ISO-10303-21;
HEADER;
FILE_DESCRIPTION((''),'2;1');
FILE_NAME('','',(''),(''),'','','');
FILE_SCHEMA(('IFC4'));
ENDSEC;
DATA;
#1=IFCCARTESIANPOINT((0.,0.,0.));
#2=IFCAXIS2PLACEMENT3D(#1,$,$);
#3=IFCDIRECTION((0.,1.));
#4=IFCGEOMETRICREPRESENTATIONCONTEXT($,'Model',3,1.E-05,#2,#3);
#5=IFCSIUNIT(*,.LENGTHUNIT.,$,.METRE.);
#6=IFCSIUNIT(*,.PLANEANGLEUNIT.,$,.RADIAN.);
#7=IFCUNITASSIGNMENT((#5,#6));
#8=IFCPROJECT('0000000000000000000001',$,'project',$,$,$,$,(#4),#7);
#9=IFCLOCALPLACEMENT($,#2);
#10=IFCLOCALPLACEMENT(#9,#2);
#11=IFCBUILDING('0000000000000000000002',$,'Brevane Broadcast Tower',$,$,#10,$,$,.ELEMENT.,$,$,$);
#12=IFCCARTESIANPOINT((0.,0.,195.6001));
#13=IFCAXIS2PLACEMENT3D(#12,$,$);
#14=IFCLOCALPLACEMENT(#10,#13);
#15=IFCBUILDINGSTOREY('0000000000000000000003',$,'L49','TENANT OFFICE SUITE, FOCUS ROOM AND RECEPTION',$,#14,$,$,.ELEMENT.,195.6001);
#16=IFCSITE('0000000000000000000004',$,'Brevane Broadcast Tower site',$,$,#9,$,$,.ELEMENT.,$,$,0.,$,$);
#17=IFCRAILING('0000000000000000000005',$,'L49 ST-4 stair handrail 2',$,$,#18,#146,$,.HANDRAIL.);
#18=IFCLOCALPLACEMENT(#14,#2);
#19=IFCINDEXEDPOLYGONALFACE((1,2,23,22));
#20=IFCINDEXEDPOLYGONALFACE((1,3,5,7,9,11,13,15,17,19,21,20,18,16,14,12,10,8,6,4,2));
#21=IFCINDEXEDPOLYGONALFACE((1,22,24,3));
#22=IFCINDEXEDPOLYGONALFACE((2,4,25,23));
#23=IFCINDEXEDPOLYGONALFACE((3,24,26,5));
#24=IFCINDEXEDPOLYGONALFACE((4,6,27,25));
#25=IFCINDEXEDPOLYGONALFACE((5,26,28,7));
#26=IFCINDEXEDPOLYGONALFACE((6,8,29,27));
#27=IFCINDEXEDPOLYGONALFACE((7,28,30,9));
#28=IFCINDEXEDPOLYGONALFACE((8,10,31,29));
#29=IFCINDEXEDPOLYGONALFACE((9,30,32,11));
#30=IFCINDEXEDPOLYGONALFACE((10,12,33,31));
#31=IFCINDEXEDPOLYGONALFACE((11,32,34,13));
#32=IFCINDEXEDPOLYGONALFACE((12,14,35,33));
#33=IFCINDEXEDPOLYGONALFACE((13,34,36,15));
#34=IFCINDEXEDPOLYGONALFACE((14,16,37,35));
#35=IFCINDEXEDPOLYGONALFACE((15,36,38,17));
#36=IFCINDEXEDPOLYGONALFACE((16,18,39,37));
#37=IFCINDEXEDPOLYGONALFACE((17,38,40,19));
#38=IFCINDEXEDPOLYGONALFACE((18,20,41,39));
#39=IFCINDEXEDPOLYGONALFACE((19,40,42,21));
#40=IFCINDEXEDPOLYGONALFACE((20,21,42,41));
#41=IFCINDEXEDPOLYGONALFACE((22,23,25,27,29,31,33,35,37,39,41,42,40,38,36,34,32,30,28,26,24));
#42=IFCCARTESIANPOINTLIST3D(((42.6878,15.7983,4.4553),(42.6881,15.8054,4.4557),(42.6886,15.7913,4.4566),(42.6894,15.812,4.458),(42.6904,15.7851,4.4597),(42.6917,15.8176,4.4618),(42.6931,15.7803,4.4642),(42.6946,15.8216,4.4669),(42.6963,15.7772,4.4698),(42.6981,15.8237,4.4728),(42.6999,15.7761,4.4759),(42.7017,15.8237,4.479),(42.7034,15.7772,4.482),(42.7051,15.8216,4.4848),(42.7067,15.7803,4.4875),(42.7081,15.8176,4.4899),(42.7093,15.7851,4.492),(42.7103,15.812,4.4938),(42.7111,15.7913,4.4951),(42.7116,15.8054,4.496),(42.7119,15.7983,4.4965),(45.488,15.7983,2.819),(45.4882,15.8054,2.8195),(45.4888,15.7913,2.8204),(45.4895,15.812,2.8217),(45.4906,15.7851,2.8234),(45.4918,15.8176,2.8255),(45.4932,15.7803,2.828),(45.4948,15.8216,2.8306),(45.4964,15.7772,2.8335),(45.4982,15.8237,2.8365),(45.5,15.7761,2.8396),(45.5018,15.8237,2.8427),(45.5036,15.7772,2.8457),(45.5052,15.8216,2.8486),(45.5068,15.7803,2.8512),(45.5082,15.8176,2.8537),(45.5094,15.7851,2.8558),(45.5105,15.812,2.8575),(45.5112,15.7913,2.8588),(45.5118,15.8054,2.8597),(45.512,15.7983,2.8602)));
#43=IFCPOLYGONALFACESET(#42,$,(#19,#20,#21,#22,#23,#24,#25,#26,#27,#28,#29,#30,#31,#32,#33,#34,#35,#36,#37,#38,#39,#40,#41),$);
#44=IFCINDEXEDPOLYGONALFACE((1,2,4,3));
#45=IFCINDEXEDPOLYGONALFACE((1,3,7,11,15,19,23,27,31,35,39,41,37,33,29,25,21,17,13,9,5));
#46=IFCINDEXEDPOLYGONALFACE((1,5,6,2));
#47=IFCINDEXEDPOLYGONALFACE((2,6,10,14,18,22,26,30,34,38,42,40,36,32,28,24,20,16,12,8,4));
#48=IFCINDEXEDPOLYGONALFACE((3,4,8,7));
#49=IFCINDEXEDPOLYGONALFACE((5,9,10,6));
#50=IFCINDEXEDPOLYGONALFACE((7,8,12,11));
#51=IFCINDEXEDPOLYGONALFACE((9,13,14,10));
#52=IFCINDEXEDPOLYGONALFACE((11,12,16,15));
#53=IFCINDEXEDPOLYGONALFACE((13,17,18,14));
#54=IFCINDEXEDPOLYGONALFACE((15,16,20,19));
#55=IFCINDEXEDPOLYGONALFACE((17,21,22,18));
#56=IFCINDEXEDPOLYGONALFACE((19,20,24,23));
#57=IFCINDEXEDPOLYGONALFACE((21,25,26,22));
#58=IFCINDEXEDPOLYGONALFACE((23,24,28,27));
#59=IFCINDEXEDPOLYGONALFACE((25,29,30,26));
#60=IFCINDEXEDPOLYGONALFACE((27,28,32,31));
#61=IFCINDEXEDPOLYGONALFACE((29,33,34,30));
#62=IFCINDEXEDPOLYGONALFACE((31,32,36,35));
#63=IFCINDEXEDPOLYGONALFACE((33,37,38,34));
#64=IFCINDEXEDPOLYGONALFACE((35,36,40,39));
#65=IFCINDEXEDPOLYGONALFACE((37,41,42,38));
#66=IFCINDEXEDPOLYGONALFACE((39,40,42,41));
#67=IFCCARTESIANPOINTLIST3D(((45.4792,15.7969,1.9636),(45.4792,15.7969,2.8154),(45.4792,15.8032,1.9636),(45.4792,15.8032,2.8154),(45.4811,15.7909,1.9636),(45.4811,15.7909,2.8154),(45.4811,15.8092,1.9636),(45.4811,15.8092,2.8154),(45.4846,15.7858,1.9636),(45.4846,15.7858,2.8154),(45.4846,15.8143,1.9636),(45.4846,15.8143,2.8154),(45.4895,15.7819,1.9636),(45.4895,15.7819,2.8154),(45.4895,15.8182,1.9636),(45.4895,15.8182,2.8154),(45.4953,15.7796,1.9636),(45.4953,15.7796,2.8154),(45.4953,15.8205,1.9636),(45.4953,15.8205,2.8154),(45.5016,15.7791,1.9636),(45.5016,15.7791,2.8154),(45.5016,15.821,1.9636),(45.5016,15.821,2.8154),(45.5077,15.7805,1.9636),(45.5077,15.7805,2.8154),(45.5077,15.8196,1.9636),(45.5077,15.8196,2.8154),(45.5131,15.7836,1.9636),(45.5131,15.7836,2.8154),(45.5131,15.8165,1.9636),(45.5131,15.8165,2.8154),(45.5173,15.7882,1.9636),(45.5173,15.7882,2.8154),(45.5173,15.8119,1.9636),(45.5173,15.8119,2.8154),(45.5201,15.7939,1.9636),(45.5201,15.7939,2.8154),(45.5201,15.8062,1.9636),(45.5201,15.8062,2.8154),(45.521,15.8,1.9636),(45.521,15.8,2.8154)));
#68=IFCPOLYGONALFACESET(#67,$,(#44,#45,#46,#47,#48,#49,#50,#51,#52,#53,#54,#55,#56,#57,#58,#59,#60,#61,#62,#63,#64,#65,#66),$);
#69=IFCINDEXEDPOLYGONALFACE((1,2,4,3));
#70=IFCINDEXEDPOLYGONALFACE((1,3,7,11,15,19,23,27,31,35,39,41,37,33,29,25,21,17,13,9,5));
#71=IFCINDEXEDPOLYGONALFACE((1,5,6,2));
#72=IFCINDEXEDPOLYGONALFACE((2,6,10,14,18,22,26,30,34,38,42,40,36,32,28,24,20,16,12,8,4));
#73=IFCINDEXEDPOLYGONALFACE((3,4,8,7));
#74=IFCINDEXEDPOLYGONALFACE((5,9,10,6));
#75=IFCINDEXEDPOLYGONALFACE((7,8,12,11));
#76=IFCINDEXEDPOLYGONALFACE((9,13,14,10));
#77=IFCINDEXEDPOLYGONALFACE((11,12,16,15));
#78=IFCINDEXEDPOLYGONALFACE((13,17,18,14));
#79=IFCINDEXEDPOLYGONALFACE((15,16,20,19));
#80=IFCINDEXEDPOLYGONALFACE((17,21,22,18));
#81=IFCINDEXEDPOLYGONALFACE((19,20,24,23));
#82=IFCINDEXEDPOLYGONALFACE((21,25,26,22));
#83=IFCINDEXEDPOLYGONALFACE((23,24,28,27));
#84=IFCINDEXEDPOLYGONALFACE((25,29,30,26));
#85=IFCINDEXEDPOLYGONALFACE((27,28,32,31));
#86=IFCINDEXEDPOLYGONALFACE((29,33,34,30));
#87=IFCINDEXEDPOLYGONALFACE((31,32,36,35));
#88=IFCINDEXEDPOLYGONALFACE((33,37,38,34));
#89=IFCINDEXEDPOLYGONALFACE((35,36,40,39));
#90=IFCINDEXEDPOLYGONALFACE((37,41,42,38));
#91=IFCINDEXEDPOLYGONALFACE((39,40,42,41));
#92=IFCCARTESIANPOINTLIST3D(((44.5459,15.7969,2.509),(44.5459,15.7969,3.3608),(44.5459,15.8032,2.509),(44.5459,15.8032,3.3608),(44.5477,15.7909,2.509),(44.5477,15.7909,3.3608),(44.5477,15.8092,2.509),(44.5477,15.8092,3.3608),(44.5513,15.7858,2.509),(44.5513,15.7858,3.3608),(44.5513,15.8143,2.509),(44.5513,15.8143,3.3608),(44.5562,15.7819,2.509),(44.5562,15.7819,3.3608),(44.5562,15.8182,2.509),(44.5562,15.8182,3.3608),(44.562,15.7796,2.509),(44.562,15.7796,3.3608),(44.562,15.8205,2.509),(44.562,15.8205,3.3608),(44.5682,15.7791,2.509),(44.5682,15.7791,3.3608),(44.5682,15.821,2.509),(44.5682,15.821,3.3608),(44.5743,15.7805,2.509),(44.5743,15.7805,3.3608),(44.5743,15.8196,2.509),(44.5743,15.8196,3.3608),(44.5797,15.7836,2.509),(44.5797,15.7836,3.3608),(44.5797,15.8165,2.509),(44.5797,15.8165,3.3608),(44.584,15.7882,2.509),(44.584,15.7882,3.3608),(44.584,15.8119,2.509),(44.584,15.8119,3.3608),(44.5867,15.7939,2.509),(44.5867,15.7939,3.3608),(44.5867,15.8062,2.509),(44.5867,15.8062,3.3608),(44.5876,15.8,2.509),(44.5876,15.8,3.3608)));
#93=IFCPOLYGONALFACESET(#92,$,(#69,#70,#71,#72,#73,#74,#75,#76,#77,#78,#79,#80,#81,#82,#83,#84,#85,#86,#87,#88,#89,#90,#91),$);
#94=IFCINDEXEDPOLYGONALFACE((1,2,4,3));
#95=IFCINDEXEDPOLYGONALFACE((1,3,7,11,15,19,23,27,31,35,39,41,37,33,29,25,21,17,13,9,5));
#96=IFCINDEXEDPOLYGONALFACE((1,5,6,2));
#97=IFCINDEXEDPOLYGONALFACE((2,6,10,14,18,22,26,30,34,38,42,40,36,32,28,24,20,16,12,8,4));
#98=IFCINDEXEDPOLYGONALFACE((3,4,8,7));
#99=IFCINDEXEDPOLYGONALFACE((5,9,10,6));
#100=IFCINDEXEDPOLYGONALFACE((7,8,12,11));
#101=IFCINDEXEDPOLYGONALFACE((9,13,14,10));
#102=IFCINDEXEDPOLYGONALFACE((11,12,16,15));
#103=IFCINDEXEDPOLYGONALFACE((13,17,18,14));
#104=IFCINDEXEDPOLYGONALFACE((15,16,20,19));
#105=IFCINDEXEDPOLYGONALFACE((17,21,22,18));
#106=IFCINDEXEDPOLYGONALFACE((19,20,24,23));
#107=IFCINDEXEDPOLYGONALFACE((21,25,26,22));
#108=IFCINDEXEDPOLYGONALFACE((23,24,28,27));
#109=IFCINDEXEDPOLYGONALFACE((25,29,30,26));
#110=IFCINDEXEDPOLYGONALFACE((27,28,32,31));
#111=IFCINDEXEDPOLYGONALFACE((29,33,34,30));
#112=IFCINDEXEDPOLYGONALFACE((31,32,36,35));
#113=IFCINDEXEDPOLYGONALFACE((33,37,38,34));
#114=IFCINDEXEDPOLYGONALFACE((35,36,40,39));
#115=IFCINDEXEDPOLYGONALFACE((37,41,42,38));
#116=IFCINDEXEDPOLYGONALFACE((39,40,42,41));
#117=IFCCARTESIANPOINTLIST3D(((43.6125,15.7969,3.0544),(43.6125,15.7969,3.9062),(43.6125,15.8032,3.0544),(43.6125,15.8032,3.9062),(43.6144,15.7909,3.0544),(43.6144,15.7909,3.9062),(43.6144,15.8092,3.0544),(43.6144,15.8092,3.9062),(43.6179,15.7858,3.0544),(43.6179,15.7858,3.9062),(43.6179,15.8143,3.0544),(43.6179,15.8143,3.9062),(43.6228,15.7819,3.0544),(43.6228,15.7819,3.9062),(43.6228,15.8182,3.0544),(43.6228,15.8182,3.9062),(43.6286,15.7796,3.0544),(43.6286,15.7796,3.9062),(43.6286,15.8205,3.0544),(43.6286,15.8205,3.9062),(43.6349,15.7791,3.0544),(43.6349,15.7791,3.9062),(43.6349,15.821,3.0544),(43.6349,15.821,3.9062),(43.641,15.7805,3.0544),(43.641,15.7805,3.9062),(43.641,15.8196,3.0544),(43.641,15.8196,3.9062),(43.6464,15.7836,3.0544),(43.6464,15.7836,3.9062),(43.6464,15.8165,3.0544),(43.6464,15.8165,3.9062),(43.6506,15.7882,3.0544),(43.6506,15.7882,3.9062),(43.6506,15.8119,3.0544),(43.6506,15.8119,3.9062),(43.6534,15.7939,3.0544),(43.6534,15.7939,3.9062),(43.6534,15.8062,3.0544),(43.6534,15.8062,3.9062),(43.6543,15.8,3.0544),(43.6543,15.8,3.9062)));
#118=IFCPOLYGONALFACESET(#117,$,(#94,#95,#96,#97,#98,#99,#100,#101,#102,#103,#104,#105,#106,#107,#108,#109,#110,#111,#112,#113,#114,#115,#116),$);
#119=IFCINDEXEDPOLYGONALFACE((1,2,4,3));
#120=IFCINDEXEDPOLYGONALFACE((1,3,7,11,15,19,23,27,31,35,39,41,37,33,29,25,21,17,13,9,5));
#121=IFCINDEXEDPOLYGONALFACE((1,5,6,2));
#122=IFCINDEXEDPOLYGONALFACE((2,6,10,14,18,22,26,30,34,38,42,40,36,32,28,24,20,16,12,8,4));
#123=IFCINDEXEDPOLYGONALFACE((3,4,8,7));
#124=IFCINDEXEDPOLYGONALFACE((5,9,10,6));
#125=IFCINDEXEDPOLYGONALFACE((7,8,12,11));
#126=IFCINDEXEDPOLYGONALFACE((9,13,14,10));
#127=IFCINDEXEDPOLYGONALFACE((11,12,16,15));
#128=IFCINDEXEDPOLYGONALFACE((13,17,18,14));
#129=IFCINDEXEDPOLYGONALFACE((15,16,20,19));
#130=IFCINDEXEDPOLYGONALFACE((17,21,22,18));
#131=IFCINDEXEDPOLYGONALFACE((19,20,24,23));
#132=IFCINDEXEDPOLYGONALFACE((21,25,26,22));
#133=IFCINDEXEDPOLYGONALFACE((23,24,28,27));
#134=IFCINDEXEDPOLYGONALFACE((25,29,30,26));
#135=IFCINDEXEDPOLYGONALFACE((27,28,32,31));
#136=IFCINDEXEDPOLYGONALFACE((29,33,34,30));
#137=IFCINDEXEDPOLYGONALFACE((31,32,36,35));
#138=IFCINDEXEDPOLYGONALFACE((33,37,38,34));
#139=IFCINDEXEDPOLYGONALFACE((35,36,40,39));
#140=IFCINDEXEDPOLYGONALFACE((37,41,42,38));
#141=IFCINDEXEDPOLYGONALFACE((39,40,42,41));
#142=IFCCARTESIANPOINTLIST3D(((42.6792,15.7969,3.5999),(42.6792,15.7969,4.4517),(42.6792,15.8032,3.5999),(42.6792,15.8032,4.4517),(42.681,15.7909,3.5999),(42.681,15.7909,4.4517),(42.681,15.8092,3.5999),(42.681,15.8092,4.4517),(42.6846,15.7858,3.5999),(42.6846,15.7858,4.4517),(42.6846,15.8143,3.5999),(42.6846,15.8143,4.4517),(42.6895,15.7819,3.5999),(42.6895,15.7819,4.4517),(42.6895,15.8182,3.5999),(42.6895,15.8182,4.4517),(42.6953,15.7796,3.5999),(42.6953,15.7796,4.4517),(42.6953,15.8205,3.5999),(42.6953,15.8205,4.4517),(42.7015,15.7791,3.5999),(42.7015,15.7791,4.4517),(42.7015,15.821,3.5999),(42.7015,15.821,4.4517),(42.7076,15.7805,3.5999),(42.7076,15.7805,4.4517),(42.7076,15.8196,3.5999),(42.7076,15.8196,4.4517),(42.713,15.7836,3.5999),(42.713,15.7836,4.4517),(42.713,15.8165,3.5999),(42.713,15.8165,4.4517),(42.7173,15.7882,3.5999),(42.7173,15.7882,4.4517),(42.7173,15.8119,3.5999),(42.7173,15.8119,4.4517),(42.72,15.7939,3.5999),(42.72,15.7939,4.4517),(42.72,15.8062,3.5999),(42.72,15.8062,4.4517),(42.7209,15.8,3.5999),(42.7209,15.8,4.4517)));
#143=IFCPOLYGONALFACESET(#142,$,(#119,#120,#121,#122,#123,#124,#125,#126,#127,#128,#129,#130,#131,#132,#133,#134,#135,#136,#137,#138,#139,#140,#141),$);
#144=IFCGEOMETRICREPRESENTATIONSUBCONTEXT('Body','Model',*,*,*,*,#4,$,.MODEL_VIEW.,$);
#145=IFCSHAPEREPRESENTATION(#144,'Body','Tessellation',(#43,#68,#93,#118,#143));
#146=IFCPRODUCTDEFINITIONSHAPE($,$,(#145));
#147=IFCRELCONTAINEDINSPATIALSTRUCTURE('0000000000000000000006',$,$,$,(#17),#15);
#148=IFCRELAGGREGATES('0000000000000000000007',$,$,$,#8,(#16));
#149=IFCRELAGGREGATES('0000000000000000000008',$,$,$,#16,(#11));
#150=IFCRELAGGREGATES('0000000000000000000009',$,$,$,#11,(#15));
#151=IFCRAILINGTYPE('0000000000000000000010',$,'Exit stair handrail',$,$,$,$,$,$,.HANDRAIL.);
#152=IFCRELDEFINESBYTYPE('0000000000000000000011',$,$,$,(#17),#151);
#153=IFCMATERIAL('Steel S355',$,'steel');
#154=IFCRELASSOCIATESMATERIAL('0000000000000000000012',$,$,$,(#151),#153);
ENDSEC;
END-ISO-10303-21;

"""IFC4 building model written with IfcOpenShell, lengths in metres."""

from ifc_helpers import new_model, si_unit, direction, frame, origin, origin_2d, place, context, subcontext, project, spatial, circle, extrude, material, type_object, element, save


model = new_model("IFC4")

# Units and contexts
model_context = context("Model", 3, precision=1e-05, world=origin(), true_north=direction((0.0, 1.0)))
body_context = subcontext(model_context, "Body", "Model", "MODEL_VIEW")
ifc_project = project(units=[si_unit("LENGTHUNIT", "METRE"), si_unit("PLANEANGLEUNIT", "RADIAN")], contexts=[model_context])

# Site, building, storey
site_placement = place(None, origin())
site = spatial("IfcSite", under=ifc_project, at=site_placement, Name="Brevane Broadcast Tower site", CompositionType="ELEMENT", RefElevation=0.0)
building_placement = place(site_placement, origin())
building = spatial("IfcBuilding", under=site, at=building_placement, Name="Brevane Broadcast Tower", CompositionType="ELEMENT")
storey_placement = place(building_placement, frame((0.0, 0.0, 195.6001)))
storey = spatial("IfcBuildingStorey", under=building, at=storey_placement, Name="L49", Description="TENANT OFFICE SUITE, FOCUS ROOM AND RECEPTION", CompositionType="ELEMENT", Elevation=195.6001)

# Railing
ifc_material_1 = material(Name="Steel S355", Category="steel")
railing_type_1 = type_object("IfcRailingType", Name="Exit stair handrail", PredefinedType="HANDRAIL", material=ifc_material_1)
railing_1_placement = place(storey_placement, frame((45.5, 15.8, 1.9636)))
element("IfcRailing", 1, at=railing_1_placement, inside=storey, type_object=railing_type_1, Name="L49 ST-4 stair handrail 2", PredefinedType="HANDRAIL", context=body_context, shape_type="SweptSolid", body=[
    extrude(circle(Radius=0.0239, at=origin_2d()), frame((0.0, 0.0, 0.876), z_axis=(-0.863394, 0.0, 0.504531), x_axis=(0.0, -1.0, 0.0)), (0.0, 0.0, 1.0), 3.2432),
    extrude(circle(Radius=0.021, at=origin_2d()), origin(), (0.0, 0.0, 1.0), 0.8518),
    extrude(circle(Radius=0.021, at=origin_2d()), frame((-0.9333, 0.0, 0.5454)), (0.0, 0.0, 1.0), 0.8518),
    extrude(circle(Radius=0.021, at=origin_2d()), frame((-1.8667, 0.0, 1.0908)), (0.0, 0.0, 1.0), 0.8518),
    extrude(circle(Radius=0.021, at=origin_2d()), frame((-2.8, 0.0, 1.6362)), (0.0, 0.0, 1.0), 0.8518),
])

save(model, "model.ifc")
